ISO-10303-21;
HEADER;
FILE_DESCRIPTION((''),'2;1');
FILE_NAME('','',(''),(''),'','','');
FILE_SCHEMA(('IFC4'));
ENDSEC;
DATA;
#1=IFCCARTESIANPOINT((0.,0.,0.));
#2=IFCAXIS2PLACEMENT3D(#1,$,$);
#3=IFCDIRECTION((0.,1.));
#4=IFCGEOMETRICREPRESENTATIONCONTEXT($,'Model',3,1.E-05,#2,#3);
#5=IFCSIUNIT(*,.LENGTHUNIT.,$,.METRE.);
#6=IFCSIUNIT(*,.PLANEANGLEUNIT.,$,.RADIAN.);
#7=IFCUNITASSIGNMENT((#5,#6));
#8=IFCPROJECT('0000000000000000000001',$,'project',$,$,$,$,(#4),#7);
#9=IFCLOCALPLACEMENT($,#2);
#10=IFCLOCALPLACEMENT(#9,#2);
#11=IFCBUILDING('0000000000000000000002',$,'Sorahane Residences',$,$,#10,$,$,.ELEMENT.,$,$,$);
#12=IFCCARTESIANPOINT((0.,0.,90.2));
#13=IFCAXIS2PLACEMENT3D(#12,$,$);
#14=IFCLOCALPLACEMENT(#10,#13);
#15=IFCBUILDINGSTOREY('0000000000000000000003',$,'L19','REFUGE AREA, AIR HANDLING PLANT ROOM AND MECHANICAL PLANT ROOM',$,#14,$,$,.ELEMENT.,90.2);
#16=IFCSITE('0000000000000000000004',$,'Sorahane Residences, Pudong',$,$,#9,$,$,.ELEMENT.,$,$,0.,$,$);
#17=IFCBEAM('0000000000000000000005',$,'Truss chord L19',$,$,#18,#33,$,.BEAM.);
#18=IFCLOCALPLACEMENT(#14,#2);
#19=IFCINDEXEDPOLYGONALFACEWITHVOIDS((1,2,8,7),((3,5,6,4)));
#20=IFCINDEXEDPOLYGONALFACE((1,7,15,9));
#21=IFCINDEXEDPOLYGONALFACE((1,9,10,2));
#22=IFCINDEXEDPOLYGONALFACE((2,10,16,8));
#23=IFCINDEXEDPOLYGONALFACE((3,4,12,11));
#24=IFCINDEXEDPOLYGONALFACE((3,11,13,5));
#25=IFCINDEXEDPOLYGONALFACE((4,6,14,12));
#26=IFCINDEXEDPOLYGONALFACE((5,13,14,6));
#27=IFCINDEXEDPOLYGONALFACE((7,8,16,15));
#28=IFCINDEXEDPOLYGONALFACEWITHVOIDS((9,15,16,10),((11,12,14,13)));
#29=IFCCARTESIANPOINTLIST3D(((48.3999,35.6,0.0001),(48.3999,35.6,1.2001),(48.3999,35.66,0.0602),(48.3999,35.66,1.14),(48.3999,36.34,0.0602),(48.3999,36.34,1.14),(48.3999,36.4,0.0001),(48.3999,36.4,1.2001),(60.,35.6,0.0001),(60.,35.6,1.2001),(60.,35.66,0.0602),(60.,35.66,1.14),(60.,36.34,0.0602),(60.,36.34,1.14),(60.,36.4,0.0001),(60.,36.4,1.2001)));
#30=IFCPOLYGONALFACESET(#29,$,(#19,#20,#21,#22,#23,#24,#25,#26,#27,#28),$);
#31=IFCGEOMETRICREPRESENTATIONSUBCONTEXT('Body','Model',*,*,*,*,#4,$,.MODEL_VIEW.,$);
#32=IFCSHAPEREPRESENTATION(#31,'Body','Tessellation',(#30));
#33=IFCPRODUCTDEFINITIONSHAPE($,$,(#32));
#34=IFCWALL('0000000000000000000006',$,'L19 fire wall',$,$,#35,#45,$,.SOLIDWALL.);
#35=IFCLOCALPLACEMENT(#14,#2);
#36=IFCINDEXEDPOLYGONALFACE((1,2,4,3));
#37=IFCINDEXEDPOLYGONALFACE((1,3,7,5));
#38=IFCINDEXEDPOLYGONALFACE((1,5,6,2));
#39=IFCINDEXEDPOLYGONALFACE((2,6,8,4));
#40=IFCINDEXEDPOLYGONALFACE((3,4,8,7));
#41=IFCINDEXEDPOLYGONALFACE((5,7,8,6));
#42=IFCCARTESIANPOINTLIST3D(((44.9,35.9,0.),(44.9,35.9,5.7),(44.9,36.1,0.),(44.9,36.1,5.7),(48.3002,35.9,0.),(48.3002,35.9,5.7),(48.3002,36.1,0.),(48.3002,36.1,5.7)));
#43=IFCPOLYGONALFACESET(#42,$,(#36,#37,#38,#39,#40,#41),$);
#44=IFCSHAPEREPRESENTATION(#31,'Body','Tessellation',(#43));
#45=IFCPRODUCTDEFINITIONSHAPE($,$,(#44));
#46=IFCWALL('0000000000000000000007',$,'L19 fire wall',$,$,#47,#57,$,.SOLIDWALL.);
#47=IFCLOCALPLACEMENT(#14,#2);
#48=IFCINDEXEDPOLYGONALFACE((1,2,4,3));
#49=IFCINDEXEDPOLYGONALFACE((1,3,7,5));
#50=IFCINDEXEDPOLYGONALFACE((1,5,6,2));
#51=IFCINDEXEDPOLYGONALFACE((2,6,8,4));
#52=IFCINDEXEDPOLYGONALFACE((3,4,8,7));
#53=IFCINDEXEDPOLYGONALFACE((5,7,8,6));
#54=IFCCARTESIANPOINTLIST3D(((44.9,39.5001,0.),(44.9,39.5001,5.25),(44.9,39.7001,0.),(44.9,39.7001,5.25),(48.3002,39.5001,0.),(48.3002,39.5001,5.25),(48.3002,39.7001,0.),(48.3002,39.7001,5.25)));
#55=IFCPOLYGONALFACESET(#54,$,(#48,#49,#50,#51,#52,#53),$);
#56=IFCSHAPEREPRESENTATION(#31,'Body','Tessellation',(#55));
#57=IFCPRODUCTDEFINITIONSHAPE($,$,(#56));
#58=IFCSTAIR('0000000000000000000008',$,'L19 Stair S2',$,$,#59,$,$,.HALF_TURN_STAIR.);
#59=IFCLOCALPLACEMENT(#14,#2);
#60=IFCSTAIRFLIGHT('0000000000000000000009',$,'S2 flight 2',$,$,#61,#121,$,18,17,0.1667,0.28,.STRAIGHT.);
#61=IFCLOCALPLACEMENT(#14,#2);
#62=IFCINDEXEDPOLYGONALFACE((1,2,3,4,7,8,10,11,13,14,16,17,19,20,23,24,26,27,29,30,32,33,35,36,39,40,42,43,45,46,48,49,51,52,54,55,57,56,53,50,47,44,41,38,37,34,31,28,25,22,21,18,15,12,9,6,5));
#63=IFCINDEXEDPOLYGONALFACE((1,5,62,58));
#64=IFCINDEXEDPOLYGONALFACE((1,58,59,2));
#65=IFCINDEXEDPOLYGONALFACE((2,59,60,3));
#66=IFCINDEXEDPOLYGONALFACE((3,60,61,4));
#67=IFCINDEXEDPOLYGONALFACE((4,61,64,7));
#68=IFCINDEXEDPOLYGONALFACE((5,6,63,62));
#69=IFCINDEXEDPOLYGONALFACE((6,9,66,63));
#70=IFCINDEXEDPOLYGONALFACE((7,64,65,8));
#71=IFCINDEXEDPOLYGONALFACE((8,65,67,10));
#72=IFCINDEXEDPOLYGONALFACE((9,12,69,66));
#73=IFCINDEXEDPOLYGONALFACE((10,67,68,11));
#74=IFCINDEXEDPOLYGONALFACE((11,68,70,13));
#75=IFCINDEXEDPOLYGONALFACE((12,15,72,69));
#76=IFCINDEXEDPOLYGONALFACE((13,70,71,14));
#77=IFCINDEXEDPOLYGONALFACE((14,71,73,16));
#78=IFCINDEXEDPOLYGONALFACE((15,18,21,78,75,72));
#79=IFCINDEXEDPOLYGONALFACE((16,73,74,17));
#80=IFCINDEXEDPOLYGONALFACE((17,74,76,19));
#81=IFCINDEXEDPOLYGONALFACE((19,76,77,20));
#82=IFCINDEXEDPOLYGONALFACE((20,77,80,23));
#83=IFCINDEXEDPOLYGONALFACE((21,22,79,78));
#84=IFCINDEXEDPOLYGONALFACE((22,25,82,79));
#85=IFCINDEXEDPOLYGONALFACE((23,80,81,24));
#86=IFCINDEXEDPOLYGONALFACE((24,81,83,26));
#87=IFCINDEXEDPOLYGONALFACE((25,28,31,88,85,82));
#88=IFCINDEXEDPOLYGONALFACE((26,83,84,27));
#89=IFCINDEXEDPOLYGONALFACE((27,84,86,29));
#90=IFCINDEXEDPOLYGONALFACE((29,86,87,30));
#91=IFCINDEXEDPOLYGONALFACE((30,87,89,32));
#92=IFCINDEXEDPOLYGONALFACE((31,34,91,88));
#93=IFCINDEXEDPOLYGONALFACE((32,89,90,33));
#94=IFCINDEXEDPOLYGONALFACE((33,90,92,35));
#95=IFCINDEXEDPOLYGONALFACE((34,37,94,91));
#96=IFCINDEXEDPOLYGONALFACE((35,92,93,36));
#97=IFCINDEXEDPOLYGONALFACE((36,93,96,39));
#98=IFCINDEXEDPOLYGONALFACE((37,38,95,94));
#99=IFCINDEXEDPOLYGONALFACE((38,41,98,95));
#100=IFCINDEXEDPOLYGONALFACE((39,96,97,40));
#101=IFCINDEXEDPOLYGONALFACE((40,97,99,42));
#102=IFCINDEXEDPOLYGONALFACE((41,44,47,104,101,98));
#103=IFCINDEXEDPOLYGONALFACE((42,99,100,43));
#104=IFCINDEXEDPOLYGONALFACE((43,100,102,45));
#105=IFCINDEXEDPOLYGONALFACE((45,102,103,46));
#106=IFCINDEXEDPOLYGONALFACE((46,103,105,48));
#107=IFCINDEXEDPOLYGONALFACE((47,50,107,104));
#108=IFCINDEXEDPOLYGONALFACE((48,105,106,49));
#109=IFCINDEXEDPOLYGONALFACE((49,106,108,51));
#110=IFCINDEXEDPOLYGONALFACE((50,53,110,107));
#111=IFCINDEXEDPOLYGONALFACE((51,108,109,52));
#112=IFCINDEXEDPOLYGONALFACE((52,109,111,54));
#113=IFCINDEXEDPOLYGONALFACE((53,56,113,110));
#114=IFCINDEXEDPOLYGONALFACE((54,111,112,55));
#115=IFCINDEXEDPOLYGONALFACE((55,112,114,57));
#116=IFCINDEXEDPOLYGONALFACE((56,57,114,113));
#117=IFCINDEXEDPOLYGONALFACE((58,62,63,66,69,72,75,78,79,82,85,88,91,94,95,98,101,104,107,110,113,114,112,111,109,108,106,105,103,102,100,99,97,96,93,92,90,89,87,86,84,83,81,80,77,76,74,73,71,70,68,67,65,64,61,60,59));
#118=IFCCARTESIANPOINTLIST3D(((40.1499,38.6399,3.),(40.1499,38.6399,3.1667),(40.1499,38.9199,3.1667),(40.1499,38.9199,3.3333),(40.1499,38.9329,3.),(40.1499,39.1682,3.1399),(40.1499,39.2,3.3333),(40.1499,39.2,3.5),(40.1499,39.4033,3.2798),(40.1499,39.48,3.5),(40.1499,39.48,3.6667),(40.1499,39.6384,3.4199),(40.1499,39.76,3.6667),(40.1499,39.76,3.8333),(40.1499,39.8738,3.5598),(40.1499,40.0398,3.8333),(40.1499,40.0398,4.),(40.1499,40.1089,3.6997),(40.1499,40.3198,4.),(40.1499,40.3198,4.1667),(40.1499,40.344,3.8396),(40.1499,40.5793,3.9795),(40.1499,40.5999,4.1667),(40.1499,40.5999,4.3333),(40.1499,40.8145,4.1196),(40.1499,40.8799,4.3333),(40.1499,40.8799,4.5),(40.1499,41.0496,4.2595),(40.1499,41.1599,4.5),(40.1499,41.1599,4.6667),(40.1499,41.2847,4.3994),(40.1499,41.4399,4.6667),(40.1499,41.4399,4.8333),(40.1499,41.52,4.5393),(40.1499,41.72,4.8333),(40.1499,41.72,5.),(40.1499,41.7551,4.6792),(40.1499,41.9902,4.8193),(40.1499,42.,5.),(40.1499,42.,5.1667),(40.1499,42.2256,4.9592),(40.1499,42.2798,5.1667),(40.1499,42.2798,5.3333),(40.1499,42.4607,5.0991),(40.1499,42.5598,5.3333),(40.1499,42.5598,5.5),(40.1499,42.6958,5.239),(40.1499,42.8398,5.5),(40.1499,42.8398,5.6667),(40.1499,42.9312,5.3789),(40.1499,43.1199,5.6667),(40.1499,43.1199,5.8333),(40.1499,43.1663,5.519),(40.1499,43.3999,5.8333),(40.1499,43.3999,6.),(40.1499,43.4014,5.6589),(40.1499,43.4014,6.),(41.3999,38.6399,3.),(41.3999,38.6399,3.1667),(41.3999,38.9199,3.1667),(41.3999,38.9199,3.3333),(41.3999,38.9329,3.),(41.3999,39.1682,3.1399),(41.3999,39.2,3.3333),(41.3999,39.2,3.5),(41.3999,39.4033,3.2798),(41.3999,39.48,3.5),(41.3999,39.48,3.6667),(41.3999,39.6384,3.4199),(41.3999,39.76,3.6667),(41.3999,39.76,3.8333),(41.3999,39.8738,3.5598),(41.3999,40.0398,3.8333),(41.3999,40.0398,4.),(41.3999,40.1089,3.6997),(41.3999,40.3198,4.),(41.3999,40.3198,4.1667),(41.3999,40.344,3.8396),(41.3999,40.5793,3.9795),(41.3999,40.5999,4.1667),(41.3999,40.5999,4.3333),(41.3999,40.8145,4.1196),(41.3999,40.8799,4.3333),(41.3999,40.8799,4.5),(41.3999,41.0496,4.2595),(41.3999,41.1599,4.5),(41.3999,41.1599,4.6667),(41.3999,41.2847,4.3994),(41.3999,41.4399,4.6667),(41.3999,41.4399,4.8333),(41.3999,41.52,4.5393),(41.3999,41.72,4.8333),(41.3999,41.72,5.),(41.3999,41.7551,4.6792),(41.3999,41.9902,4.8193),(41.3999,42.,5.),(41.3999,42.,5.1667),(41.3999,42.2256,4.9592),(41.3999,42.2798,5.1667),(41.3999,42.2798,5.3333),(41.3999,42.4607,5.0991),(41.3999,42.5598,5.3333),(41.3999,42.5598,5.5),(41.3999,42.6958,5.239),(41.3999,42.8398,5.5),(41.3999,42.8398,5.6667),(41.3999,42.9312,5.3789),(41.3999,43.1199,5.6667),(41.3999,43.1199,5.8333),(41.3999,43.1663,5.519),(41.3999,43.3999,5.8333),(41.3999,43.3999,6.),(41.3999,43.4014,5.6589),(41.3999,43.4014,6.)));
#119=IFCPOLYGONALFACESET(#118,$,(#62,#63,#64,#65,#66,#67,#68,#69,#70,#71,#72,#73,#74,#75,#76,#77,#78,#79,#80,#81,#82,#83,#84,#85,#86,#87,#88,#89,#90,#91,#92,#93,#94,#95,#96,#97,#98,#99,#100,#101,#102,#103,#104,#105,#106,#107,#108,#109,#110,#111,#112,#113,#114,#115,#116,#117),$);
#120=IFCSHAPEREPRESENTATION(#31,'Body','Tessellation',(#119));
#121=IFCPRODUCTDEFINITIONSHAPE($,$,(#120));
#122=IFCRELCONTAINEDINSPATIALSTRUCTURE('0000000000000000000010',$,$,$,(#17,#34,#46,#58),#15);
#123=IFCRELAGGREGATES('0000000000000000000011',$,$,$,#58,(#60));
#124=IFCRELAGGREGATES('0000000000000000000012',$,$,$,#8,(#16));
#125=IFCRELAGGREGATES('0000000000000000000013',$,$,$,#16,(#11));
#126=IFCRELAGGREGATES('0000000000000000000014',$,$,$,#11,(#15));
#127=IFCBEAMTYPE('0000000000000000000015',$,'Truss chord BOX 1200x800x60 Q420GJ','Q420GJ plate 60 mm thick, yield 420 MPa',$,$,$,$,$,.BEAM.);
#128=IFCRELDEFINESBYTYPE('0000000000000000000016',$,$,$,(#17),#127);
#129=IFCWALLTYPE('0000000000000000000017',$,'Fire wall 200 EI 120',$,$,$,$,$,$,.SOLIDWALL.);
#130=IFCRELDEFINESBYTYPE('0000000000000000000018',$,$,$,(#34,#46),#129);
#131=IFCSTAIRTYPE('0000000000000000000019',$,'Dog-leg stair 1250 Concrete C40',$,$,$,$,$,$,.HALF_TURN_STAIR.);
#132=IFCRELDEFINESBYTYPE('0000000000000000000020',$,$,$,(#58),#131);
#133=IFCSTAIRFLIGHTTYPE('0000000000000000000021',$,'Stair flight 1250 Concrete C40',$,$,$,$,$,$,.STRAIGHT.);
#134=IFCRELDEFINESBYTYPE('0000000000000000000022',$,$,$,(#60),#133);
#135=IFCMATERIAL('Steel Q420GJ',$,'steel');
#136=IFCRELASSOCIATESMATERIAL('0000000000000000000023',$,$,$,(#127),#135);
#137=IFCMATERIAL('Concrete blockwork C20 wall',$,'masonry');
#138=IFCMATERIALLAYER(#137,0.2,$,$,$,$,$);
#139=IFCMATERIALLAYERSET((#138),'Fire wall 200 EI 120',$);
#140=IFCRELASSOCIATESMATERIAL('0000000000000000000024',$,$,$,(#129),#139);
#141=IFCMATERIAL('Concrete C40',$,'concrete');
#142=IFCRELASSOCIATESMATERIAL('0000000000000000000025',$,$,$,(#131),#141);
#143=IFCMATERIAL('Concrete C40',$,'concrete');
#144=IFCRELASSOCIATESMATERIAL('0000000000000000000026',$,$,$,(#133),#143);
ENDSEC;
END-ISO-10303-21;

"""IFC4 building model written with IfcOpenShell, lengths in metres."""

from ifc_helpers import new_model, si_unit, direction, frame, frame_2d, origin, origin_2d, place, context, subcontext, project, spatial, polyline, rectangle, hollow_rectangle, outline, extrude, material, layer, layer_set, material_profile, profile_set, type_object, element, aggregate, save


model = new_model("IFC4")

# Units and contexts
model_context = context("Model", 3, precision=1e-05, world=origin(), true_north=direction((0.0, 1.0)))
body_context = subcontext(model_context, "Body", "Model", "MODEL_VIEW")
ifc_project = project(units=[si_unit("LENGTHUNIT", "METRE"), si_unit("PLANEANGLEUNIT", "RADIAN")], contexts=[model_context])

# Site, building, storey
site_placement = place(None, origin())
site = spatial("IfcSite", under=ifc_project, at=site_placement, Name="Sorahane Residences, Pudong", CompositionType="ELEMENT", RefElevation=0.0)
building_placement = place(site_placement, origin())
building = spatial("IfcBuilding", under=site, at=building_placement, Name="Sorahane Residences", CompositionType="ELEMENT")
storey_placement = place(building_placement, frame((0.0, 0.0, 90.2)))
storey = spatial("IfcBuildingStorey", under=building, at=storey_placement, Name="L19", Description="REFUGE AREA, AIR HANDLING PLANT ROOM AND MECHANICAL PLANT ROOM", CompositionType="ELEMENT", Elevation=90.2)

# Beam
ifc_material_1 = material(Name="Steel Q420GJ", Category="steel")
ifc_material_profile_1 = material_profile(ifc_material_1, hollow_rectangle(XDim=0.8, YDim=1.2, WallThickness=0.0601, at=origin_2d()), Name="BOX 1200x800x60")
ifc_profile_set_1 = profile_set([ifc_material_profile_1], Name="Steel Q420GJ")
beam_type_1 = type_object("IfcBeamType", Name="Truss chord BOX 1200x800x60 Q420GJ", Description="Q420GJ plate 60 mm thick, yield 420 MPa", PredefinedType="BEAM", material=ifc_profile_set_1)
beam_1_placement = place(storey_placement, frame((48.3999, 36.0, 0.6001), z_axis=(1.0, 0.0, 0.0), x_axis=(0.0, 1.0, 0.0)))
element("IfcBeam", 1, at=beam_1_placement, inside=storey, type_object=beam_type_1, Name="Truss chord L19", PredefinedType="BEAM", context=body_context, shape_type="SweptSolid", body=[
    extrude(hollow_rectangle(XDim=0.8, YDim=1.2, WallThickness=0.0601, at=origin_2d()), origin(), (0.0, 0.0, 1.0), 11.6001),
])

# Shared definitions
ifc_material_2 = material(Name="Concrete blockwork C20 wall", Category="masonry")
ifc_layer_1 = layer(ifc_material_2, 0.2)
ifc_layer_set_1 = layer_set([ifc_layer_1], Name="Fire wall 200 EI 120")
wall_type = type_object("IfcWallType", Name="Fire wall 200 EI 120", PredefinedType="SOLIDWALL", material=ifc_layer_set_1)

# Walls
wall_1_placement = place(storey_placement, frame((44.8999, 36.0, 0.0), z_axis=(0.0, 0.0, 1.0), x_axis=(1.0, 0.0, 0.0)))
element("IfcWall", 2, at=wall_1_placement, inside=storey, type_object=wall_type, Name="L19 fire wall", PredefinedType="SOLIDWALL", context=body_context, shape_type="SweptSolid", body=[
    extrude(rectangle(XDim=3.4001, YDim=0.2, at=frame_2d((1.7002, 0.0))), origin(), (0.0, 0.0, 1.0), 5.7),
])
wall_2_placement = place(storey_placement, frame((44.8999, 39.6001, 0.0), z_axis=(0.0, 0.0, 1.0), x_axis=(1.0, 0.0, 0.0)))
element("IfcWall", 3, at=wall_2_placement, inside=storey, type_object=wall_type, Name="L19 fire wall", PredefinedType="SOLIDWALL", context=body_context, shape_type="SweptSolid", body=[
    extrude(rectangle(XDim=3.4001, YDim=0.2, at=frame_2d((1.7002, 0.0))), origin(), (0.0, 0.0, 1.0), 5.25),
])

# Stair, stair flight
ifc_material_3 = material(Name="Concrete C40", Category="concrete")
stair_type = type_object("IfcStairType", Name="Dog-leg stair 1250 Concrete C40", PredefinedType="HALF_TURN_STAIR", material=ifc_material_3)
stair_1_placement = place(storey_placement, origin())
stair_1 = element("IfcStair", 4, at=stair_1_placement, inside=storey, type_object=stair_type, Name="L19 Stair S2", PredefinedType="HALF_TURN_STAIR")
ifc_material_4 = material(Name="Concrete C40", Category="concrete")
stair_flight_type = type_object("IfcStairFlightType", Name="Stair flight 1250 Concrete C40", PredefinedType="STRAIGHT", material=ifc_material_4)
stair_flight_1_placement = place(storey_placement, frame((40.7749, 38.6399, 3.0), z_axis=(0.0, 0.0, 1.0), x_axis=(0.0, 1.0, 0.0)))
stair_flight_1 = element("IfcStairFlight", 5, at=stair_flight_1_placement, type_object=stair_flight_type, Name="S2 flight 2", NumberOfRisers=18, NumberOfTreads=17, PredefinedType="STRAIGHT", RiserHeight=0.1667, TreadLength=0.28, context=body_context, shape_type="SweptSolid", body=[
    extrude(outline(polyline([(0.0, 0.0), (0.0, 0.1667), (0.28, 0.1667), (0.28, 0.3333), (0.5601, 0.3333), (0.5601, 0.5), (0.8401, 0.5), (0.8401, 0.6667), (1.1201, 0.6667), (1.1201, 0.8333), (1.3999, 0.8333), (1.3999, 1.0), (1.6799, 1.0), (1.6799, 1.1667), (1.96, 1.1667), (1.96, 1.3333), (2.24, 1.3333), (2.24, 1.5), (2.52, 1.5), (2.52, 1.6667), (2.8, 1.6667), (2.8, 1.8333), (3.0801, 1.8333), (3.0801, 2.0), (3.3601, 2.0), (3.3601, 2.1667), (3.6399, 2.1667), (3.6399, 2.3333), (3.9199, 2.3333), (3.9199, 2.5), (4.2, 2.5), (4.2, 2.6667), (4.48, 2.6667), (4.48, 2.8333), (4.76, 2.8333), (4.76, 3.0), (4.7615, 3.0), (4.7615, 2.6589), (4.5264, 2.519), (4.2913, 2.3789), (4.0559, 2.239), (3.8208, 2.0991), (3.5857, 1.9592), (3.3503, 1.8193), (3.1152, 1.6792), (2.8801, 1.5393), (2.6448, 1.3994), (2.4097, 1.2595), (2.1746, 1.1196), (1.9395, 0.9795), (1.7041, 0.8396), (1.469, 0.6997), (1.2339, 0.5598), (0.9985, 0.4199), (0.7634, 0.2798), (0.5283, 0.1399), (0.293, 0.0), (0.0, 0.0)])), frame((0.0, 0.625, 0.0), z_axis=(0.0, -1.0, 0.0), x_axis=(1.0, 0.0, 0.0)), (0.0, 0.0, 1.0), 1.25),
])
aggregate(stair_1, [stair_flight_1])

save(model, "model.ifc")
